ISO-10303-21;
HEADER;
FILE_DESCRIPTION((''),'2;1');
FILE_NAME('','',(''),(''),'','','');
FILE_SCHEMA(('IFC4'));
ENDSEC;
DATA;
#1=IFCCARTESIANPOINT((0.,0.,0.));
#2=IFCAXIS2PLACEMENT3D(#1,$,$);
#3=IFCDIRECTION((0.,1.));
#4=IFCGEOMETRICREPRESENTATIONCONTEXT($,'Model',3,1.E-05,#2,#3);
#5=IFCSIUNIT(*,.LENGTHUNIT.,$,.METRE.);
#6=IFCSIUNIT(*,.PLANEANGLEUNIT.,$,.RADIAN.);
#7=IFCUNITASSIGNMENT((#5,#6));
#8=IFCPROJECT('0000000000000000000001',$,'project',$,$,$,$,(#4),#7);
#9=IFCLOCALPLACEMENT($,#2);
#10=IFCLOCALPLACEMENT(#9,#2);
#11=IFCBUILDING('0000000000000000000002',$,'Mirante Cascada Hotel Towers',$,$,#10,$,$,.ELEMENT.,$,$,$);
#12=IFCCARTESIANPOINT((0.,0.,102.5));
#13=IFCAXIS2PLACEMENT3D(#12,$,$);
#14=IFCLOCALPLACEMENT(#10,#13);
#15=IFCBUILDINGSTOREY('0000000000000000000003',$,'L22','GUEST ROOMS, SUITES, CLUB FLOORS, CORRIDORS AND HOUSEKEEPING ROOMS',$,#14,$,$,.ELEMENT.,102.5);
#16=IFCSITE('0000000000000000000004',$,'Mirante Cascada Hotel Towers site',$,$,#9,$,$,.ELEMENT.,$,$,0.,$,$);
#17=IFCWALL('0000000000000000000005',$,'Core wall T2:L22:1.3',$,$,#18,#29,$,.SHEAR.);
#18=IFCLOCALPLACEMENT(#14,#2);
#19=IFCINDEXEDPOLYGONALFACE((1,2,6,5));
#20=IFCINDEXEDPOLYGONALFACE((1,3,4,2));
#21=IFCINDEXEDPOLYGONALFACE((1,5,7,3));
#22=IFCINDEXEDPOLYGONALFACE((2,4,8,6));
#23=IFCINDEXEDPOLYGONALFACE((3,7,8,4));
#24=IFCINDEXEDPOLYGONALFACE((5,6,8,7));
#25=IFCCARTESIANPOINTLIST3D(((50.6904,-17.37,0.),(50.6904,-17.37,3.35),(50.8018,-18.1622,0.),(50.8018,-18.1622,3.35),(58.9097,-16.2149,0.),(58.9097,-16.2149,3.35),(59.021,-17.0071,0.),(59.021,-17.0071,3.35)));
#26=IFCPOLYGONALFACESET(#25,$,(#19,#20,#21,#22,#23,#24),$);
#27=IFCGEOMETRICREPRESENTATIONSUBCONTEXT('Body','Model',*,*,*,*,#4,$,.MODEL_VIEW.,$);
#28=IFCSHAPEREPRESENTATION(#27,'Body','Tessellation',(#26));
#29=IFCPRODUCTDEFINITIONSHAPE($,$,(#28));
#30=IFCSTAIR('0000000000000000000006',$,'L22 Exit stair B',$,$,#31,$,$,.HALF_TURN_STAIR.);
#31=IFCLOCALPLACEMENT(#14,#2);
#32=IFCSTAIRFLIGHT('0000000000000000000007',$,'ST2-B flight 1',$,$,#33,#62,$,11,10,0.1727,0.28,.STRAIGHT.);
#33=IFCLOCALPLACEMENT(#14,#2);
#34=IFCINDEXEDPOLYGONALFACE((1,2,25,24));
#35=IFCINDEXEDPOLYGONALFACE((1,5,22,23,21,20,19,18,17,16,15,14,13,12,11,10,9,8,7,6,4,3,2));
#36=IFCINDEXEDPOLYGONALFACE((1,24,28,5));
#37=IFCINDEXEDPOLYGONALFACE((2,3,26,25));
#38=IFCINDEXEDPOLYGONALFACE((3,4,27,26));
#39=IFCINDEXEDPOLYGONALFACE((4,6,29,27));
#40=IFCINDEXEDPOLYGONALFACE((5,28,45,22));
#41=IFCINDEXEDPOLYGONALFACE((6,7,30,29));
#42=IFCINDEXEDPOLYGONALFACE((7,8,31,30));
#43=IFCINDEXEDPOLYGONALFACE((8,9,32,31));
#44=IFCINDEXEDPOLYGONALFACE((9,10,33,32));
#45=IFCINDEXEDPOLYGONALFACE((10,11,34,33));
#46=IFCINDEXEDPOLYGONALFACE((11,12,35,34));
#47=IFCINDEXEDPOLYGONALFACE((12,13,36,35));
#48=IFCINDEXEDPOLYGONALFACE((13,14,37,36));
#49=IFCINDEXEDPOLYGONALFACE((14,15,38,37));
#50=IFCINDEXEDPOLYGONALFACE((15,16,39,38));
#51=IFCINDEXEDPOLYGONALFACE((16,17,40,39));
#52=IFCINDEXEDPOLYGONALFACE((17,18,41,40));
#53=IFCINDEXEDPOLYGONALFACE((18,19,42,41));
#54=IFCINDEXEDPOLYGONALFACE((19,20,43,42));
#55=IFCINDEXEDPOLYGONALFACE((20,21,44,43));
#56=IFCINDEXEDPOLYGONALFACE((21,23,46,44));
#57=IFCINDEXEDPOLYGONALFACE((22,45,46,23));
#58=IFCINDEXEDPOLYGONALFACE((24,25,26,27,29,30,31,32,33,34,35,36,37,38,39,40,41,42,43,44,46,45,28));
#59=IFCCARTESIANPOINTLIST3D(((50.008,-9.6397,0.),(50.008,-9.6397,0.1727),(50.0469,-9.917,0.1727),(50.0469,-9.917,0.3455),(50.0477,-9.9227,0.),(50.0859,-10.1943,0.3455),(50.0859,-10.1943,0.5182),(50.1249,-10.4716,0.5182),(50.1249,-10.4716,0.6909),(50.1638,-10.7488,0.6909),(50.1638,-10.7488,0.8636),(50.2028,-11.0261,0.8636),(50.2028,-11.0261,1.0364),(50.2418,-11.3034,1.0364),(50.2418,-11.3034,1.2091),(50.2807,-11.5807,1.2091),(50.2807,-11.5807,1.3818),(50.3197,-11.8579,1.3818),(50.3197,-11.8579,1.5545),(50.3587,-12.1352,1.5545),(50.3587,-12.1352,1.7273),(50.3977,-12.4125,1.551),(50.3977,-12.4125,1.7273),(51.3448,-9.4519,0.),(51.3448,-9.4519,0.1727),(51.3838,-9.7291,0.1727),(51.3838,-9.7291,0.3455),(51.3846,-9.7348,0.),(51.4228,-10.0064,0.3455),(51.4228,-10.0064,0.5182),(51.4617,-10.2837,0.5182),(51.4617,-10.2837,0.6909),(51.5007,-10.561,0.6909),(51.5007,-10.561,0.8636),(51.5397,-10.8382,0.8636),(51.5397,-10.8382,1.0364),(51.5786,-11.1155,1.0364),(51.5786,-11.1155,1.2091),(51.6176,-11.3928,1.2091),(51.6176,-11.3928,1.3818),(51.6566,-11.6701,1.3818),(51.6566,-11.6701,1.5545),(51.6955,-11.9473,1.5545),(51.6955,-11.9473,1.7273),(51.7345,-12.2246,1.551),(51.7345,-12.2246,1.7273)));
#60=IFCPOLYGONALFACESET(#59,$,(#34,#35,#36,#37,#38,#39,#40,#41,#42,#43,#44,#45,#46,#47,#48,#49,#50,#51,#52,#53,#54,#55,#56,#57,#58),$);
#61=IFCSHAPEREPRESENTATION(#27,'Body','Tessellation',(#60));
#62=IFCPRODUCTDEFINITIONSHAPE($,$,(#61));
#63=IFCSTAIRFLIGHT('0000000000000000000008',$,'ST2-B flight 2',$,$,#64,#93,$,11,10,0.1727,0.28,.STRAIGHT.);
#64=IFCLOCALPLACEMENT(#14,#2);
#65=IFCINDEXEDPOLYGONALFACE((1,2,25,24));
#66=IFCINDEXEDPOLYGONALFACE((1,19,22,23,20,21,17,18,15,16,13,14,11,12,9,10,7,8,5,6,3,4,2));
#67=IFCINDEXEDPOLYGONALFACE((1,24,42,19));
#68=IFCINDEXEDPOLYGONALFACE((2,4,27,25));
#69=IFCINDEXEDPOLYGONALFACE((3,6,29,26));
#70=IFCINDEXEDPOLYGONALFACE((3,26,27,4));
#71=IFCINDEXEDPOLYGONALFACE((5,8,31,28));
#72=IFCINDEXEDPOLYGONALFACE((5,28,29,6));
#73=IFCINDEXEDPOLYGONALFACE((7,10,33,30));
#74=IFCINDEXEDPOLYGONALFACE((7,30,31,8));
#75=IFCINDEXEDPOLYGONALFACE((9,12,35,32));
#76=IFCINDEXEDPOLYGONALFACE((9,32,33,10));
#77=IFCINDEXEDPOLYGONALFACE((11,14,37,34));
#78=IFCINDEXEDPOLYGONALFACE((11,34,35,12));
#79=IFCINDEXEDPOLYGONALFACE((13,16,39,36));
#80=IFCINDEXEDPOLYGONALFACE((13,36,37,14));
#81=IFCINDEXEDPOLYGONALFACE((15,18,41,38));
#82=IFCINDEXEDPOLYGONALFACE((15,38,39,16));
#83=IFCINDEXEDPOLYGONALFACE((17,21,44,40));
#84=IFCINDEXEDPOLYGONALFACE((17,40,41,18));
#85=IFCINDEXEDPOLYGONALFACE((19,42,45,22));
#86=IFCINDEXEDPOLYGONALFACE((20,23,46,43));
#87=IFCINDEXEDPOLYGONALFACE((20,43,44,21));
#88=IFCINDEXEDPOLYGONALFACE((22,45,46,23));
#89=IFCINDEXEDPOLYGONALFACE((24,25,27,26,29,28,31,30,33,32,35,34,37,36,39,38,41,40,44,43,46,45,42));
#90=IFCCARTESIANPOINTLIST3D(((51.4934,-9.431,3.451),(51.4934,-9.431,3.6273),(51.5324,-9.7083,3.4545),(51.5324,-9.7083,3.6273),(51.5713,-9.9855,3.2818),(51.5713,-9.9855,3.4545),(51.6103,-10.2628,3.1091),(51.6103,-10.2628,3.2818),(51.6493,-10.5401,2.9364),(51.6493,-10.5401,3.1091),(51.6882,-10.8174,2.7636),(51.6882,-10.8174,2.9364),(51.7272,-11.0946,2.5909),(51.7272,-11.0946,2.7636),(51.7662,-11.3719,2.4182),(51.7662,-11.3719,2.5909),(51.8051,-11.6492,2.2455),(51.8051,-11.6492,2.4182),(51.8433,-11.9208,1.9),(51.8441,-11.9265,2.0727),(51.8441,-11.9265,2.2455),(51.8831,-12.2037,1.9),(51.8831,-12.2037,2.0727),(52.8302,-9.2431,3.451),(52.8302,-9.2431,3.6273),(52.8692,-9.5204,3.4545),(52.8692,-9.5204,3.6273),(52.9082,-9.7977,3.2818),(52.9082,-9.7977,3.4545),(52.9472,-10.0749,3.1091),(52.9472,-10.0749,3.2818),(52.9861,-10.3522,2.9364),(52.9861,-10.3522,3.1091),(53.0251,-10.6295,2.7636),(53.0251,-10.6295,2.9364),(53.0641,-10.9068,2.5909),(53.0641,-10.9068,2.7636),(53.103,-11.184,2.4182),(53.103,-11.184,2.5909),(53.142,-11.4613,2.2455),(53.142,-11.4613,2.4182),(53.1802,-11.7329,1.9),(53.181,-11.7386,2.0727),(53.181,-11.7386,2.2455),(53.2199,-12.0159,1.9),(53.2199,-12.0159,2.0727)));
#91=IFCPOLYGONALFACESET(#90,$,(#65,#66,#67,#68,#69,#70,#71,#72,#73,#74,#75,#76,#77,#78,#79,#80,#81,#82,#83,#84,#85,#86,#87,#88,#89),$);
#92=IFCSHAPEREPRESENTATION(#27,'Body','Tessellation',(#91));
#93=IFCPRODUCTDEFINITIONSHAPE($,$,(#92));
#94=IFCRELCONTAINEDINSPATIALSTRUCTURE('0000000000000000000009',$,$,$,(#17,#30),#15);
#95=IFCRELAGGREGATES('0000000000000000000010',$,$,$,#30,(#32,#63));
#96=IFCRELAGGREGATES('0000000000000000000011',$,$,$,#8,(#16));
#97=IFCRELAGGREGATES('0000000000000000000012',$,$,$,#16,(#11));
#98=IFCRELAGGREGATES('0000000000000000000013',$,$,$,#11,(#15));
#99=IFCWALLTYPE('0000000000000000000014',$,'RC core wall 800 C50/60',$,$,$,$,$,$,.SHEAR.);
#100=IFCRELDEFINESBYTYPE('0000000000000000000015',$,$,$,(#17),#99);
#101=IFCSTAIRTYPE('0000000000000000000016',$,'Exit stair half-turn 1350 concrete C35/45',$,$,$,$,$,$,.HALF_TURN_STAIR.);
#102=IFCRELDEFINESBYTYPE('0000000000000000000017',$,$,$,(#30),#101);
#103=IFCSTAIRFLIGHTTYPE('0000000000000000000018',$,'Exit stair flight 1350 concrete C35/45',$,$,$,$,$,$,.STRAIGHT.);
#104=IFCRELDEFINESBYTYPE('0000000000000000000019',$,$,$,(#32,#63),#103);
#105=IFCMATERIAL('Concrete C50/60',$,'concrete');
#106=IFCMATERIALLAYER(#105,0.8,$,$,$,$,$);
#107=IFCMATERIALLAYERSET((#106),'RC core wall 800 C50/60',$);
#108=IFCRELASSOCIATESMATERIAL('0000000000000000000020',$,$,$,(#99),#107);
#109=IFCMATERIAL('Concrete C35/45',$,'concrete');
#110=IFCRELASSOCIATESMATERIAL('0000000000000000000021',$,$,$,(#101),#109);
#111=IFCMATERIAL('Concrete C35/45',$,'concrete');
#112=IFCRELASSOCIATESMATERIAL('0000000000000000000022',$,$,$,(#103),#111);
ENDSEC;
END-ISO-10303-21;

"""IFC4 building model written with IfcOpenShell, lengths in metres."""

from ifc_helpers import new_model, si_unit, direction, frame, frame_2d, origin, place, context, subcontext, project, spatial, polyline, rectangle, outline, extrude, material, layer, layer_set, type_object, element, aggregate, save


model = new_model("IFC4")

# Units and contexts
model_context = context("Model", 3, precision=1e-05, world=origin(), true_north=direction((0.0, 1.0)))
body_context = subcontext(model_context, "Body", "Model", "MODEL_VIEW")
ifc_project = project(units=[si_unit("LENGTHUNIT", "METRE"), si_unit("PLANEANGLEUNIT", "RADIAN")], contexts=[model_context])

# Site, building, storey
site_placement = place(None, origin())
site = spatial("IfcSite", under=ifc_project, at=site_placement, Name="Mirante Cascada Hotel Towers site", CompositionType="ELEMENT", RefElevation=0.0)
building_placement = place(site_placement, origin())
building = spatial("IfcBuilding", under=site, at=building_placement, Name="Mirante Cascada Hotel Towers", CompositionType="ELEMENT")
storey_placement = place(building_placement, frame((0.0, 0.0, 102.5)))
storey = spatial("IfcBuildingStorey", under=building, at=storey_placement, Name="L22", Description="GUEST ROOMS, SUITES, CLUB FLOORS, CORRIDORS AND HOUSEKEEPING ROOMS", CompositionType="ELEMENT", Elevation=102.5)

# Wall
ifc_material_1 = material(Name="Concrete C50/60", Category="concrete")
ifc_layer_1 = layer(ifc_material_1, 0.8)
ifc_layer_set_1 = layer_set([ifc_layer_1], Name="RC core wall 800 C50/60")
wall_type_1 = type_object("IfcWallType", Name="RC core wall 800 C50/60", PredefinedType="SHEAR", material=ifc_layer_set_1)
wall_1_placement = place(storey_placement, frame((50.7461, -17.7661, 0.0), z_axis=(0.0, 0.0, 1.0), x_axis=(0.990269, 0.139169, 0.0)))
element("IfcWall", 1, at=wall_1_placement, inside=storey, type_object=wall_type_1, Name="Core wall T2:L22:1.3", PredefinedType="SHEAR", context=body_context, shape_type="SweptSolid", body=[
    extrude(rectangle(XDim=8.3, YDim=0.8, at=frame_2d((4.15, 0.0))), origin(), (0.0, 0.0, 1.0), 3.35),
])

# Stair, stair flights
ifc_material_2 = material(Name="Concrete C35/45", Category="concrete")
stair_type = type_object("IfcStairType", Name="Exit stair half-turn 1350 concrete C35/45", PredefinedType="HALF_TURN_STAIR", material=ifc_material_2)
stair_placement = place(storey_placement, origin())
stair = element("IfcStair", 2, at=stair_placement, inside=storey, type_object=stair_type, Name="L22 Exit stair B", PredefinedType="HALF_TURN_STAIR")
ifc_material_3 = material(Name="Concrete C35/45", Category="concrete")
stair_flight_type = type_object("IfcStairFlightType", Name="Exit stair flight 1350 concrete C35/45", PredefinedType="STRAIGHT", material=ifc_material_3)
stair_flight_1_placement = place(storey_placement, frame((50.6764, -9.5458, 0.0), z_axis=(0.0, 0.0, 1.0), x_axis=(0.139173, -0.990268, 0.0)))
stair_flight_1 = element("IfcStairFlight", 3, at=stair_flight_1_placement, type_object=stair_flight_type, Name="ST2-B flight 1", NumberOfRisers=11, NumberOfTreads=10, PredefinedType="STRAIGHT", RiserHeight=0.1727, TreadLength=0.28, context=body_context, shape_type="SweptSolid", body=[
    extrude(outline(polyline([(0.0, 0.0), (0.0, 0.1727), (0.28, 0.1727), (0.28, 0.3455), (0.56, 0.3455), (0.56, 0.5182), (0.84, 0.5182), (0.84, 0.6909), (1.12, 0.6909), (1.12, 0.8636), (1.4, 0.8636), (1.4, 1.0364), (1.68, 1.0364), (1.68, 1.2091), (1.96, 1.2091), (1.96, 1.3818), (2.24, 1.3818), (2.24, 1.5545), (2.52, 1.5545), (2.52, 1.7273), (2.8, 1.7273), (2.8, 1.9), (2.8, 1.551), (0.2857, 0.0), (0.0, 0.0)])), frame((0.0, 0.675, 0.0), z_axis=(0.0, -1.0, 0.0), x_axis=(1.0, 0.0, 0.0)), (0.0, 0.0, 1.0), 1.35),
])
stair_flight_2_placement = place(storey_placement, frame((52.5515, -12.1098, 1.9), z_axis=(0.0, 0.0, 1.0), x_axis=(-0.139173, 0.990268, 0.0)))
stair_flight_2 = element("IfcStairFlight", 4, at=stair_flight_2_placement, type_object=stair_flight_type, Name="ST2-B flight 2", NumberOfRisers=11, NumberOfTreads=10, PredefinedType="STRAIGHT", RiserHeight=0.1727, TreadLength=0.28, context=body_context, shape_type="SweptSolid", body=[
    extrude(outline(polyline([(0.0, 0.0), (0.0, 0.1727), (0.28, 0.1727), (0.28, 0.3455), (0.56, 0.3455), (0.56, 0.5182), (0.84, 0.5182), (0.84, 0.6909), (1.12, 0.6909), (1.12, 0.8636), (1.4, 0.8636), (1.4, 1.0364), (1.68, 1.0364), (1.68, 1.2091), (1.96, 1.2091), (1.96, 1.3818), (2.24, 1.3818), (2.24, 1.5545), (2.52, 1.5545), (2.52, 1.7273), (2.8, 1.7273), (2.8, 1.9), (2.8, 1.551), (0.2857, 0.0), (0.0, 0.0)])), frame((0.0, 0.675, 0.0), z_axis=(0.0, -1.0, 0.0), x_axis=(1.0, 0.0, 0.0)), (0.0, 0.0, 1.0), 1.35),
])
aggregate(stair, [stair_flight_1, stair_flight_2])

save(model, "model.ifc")
